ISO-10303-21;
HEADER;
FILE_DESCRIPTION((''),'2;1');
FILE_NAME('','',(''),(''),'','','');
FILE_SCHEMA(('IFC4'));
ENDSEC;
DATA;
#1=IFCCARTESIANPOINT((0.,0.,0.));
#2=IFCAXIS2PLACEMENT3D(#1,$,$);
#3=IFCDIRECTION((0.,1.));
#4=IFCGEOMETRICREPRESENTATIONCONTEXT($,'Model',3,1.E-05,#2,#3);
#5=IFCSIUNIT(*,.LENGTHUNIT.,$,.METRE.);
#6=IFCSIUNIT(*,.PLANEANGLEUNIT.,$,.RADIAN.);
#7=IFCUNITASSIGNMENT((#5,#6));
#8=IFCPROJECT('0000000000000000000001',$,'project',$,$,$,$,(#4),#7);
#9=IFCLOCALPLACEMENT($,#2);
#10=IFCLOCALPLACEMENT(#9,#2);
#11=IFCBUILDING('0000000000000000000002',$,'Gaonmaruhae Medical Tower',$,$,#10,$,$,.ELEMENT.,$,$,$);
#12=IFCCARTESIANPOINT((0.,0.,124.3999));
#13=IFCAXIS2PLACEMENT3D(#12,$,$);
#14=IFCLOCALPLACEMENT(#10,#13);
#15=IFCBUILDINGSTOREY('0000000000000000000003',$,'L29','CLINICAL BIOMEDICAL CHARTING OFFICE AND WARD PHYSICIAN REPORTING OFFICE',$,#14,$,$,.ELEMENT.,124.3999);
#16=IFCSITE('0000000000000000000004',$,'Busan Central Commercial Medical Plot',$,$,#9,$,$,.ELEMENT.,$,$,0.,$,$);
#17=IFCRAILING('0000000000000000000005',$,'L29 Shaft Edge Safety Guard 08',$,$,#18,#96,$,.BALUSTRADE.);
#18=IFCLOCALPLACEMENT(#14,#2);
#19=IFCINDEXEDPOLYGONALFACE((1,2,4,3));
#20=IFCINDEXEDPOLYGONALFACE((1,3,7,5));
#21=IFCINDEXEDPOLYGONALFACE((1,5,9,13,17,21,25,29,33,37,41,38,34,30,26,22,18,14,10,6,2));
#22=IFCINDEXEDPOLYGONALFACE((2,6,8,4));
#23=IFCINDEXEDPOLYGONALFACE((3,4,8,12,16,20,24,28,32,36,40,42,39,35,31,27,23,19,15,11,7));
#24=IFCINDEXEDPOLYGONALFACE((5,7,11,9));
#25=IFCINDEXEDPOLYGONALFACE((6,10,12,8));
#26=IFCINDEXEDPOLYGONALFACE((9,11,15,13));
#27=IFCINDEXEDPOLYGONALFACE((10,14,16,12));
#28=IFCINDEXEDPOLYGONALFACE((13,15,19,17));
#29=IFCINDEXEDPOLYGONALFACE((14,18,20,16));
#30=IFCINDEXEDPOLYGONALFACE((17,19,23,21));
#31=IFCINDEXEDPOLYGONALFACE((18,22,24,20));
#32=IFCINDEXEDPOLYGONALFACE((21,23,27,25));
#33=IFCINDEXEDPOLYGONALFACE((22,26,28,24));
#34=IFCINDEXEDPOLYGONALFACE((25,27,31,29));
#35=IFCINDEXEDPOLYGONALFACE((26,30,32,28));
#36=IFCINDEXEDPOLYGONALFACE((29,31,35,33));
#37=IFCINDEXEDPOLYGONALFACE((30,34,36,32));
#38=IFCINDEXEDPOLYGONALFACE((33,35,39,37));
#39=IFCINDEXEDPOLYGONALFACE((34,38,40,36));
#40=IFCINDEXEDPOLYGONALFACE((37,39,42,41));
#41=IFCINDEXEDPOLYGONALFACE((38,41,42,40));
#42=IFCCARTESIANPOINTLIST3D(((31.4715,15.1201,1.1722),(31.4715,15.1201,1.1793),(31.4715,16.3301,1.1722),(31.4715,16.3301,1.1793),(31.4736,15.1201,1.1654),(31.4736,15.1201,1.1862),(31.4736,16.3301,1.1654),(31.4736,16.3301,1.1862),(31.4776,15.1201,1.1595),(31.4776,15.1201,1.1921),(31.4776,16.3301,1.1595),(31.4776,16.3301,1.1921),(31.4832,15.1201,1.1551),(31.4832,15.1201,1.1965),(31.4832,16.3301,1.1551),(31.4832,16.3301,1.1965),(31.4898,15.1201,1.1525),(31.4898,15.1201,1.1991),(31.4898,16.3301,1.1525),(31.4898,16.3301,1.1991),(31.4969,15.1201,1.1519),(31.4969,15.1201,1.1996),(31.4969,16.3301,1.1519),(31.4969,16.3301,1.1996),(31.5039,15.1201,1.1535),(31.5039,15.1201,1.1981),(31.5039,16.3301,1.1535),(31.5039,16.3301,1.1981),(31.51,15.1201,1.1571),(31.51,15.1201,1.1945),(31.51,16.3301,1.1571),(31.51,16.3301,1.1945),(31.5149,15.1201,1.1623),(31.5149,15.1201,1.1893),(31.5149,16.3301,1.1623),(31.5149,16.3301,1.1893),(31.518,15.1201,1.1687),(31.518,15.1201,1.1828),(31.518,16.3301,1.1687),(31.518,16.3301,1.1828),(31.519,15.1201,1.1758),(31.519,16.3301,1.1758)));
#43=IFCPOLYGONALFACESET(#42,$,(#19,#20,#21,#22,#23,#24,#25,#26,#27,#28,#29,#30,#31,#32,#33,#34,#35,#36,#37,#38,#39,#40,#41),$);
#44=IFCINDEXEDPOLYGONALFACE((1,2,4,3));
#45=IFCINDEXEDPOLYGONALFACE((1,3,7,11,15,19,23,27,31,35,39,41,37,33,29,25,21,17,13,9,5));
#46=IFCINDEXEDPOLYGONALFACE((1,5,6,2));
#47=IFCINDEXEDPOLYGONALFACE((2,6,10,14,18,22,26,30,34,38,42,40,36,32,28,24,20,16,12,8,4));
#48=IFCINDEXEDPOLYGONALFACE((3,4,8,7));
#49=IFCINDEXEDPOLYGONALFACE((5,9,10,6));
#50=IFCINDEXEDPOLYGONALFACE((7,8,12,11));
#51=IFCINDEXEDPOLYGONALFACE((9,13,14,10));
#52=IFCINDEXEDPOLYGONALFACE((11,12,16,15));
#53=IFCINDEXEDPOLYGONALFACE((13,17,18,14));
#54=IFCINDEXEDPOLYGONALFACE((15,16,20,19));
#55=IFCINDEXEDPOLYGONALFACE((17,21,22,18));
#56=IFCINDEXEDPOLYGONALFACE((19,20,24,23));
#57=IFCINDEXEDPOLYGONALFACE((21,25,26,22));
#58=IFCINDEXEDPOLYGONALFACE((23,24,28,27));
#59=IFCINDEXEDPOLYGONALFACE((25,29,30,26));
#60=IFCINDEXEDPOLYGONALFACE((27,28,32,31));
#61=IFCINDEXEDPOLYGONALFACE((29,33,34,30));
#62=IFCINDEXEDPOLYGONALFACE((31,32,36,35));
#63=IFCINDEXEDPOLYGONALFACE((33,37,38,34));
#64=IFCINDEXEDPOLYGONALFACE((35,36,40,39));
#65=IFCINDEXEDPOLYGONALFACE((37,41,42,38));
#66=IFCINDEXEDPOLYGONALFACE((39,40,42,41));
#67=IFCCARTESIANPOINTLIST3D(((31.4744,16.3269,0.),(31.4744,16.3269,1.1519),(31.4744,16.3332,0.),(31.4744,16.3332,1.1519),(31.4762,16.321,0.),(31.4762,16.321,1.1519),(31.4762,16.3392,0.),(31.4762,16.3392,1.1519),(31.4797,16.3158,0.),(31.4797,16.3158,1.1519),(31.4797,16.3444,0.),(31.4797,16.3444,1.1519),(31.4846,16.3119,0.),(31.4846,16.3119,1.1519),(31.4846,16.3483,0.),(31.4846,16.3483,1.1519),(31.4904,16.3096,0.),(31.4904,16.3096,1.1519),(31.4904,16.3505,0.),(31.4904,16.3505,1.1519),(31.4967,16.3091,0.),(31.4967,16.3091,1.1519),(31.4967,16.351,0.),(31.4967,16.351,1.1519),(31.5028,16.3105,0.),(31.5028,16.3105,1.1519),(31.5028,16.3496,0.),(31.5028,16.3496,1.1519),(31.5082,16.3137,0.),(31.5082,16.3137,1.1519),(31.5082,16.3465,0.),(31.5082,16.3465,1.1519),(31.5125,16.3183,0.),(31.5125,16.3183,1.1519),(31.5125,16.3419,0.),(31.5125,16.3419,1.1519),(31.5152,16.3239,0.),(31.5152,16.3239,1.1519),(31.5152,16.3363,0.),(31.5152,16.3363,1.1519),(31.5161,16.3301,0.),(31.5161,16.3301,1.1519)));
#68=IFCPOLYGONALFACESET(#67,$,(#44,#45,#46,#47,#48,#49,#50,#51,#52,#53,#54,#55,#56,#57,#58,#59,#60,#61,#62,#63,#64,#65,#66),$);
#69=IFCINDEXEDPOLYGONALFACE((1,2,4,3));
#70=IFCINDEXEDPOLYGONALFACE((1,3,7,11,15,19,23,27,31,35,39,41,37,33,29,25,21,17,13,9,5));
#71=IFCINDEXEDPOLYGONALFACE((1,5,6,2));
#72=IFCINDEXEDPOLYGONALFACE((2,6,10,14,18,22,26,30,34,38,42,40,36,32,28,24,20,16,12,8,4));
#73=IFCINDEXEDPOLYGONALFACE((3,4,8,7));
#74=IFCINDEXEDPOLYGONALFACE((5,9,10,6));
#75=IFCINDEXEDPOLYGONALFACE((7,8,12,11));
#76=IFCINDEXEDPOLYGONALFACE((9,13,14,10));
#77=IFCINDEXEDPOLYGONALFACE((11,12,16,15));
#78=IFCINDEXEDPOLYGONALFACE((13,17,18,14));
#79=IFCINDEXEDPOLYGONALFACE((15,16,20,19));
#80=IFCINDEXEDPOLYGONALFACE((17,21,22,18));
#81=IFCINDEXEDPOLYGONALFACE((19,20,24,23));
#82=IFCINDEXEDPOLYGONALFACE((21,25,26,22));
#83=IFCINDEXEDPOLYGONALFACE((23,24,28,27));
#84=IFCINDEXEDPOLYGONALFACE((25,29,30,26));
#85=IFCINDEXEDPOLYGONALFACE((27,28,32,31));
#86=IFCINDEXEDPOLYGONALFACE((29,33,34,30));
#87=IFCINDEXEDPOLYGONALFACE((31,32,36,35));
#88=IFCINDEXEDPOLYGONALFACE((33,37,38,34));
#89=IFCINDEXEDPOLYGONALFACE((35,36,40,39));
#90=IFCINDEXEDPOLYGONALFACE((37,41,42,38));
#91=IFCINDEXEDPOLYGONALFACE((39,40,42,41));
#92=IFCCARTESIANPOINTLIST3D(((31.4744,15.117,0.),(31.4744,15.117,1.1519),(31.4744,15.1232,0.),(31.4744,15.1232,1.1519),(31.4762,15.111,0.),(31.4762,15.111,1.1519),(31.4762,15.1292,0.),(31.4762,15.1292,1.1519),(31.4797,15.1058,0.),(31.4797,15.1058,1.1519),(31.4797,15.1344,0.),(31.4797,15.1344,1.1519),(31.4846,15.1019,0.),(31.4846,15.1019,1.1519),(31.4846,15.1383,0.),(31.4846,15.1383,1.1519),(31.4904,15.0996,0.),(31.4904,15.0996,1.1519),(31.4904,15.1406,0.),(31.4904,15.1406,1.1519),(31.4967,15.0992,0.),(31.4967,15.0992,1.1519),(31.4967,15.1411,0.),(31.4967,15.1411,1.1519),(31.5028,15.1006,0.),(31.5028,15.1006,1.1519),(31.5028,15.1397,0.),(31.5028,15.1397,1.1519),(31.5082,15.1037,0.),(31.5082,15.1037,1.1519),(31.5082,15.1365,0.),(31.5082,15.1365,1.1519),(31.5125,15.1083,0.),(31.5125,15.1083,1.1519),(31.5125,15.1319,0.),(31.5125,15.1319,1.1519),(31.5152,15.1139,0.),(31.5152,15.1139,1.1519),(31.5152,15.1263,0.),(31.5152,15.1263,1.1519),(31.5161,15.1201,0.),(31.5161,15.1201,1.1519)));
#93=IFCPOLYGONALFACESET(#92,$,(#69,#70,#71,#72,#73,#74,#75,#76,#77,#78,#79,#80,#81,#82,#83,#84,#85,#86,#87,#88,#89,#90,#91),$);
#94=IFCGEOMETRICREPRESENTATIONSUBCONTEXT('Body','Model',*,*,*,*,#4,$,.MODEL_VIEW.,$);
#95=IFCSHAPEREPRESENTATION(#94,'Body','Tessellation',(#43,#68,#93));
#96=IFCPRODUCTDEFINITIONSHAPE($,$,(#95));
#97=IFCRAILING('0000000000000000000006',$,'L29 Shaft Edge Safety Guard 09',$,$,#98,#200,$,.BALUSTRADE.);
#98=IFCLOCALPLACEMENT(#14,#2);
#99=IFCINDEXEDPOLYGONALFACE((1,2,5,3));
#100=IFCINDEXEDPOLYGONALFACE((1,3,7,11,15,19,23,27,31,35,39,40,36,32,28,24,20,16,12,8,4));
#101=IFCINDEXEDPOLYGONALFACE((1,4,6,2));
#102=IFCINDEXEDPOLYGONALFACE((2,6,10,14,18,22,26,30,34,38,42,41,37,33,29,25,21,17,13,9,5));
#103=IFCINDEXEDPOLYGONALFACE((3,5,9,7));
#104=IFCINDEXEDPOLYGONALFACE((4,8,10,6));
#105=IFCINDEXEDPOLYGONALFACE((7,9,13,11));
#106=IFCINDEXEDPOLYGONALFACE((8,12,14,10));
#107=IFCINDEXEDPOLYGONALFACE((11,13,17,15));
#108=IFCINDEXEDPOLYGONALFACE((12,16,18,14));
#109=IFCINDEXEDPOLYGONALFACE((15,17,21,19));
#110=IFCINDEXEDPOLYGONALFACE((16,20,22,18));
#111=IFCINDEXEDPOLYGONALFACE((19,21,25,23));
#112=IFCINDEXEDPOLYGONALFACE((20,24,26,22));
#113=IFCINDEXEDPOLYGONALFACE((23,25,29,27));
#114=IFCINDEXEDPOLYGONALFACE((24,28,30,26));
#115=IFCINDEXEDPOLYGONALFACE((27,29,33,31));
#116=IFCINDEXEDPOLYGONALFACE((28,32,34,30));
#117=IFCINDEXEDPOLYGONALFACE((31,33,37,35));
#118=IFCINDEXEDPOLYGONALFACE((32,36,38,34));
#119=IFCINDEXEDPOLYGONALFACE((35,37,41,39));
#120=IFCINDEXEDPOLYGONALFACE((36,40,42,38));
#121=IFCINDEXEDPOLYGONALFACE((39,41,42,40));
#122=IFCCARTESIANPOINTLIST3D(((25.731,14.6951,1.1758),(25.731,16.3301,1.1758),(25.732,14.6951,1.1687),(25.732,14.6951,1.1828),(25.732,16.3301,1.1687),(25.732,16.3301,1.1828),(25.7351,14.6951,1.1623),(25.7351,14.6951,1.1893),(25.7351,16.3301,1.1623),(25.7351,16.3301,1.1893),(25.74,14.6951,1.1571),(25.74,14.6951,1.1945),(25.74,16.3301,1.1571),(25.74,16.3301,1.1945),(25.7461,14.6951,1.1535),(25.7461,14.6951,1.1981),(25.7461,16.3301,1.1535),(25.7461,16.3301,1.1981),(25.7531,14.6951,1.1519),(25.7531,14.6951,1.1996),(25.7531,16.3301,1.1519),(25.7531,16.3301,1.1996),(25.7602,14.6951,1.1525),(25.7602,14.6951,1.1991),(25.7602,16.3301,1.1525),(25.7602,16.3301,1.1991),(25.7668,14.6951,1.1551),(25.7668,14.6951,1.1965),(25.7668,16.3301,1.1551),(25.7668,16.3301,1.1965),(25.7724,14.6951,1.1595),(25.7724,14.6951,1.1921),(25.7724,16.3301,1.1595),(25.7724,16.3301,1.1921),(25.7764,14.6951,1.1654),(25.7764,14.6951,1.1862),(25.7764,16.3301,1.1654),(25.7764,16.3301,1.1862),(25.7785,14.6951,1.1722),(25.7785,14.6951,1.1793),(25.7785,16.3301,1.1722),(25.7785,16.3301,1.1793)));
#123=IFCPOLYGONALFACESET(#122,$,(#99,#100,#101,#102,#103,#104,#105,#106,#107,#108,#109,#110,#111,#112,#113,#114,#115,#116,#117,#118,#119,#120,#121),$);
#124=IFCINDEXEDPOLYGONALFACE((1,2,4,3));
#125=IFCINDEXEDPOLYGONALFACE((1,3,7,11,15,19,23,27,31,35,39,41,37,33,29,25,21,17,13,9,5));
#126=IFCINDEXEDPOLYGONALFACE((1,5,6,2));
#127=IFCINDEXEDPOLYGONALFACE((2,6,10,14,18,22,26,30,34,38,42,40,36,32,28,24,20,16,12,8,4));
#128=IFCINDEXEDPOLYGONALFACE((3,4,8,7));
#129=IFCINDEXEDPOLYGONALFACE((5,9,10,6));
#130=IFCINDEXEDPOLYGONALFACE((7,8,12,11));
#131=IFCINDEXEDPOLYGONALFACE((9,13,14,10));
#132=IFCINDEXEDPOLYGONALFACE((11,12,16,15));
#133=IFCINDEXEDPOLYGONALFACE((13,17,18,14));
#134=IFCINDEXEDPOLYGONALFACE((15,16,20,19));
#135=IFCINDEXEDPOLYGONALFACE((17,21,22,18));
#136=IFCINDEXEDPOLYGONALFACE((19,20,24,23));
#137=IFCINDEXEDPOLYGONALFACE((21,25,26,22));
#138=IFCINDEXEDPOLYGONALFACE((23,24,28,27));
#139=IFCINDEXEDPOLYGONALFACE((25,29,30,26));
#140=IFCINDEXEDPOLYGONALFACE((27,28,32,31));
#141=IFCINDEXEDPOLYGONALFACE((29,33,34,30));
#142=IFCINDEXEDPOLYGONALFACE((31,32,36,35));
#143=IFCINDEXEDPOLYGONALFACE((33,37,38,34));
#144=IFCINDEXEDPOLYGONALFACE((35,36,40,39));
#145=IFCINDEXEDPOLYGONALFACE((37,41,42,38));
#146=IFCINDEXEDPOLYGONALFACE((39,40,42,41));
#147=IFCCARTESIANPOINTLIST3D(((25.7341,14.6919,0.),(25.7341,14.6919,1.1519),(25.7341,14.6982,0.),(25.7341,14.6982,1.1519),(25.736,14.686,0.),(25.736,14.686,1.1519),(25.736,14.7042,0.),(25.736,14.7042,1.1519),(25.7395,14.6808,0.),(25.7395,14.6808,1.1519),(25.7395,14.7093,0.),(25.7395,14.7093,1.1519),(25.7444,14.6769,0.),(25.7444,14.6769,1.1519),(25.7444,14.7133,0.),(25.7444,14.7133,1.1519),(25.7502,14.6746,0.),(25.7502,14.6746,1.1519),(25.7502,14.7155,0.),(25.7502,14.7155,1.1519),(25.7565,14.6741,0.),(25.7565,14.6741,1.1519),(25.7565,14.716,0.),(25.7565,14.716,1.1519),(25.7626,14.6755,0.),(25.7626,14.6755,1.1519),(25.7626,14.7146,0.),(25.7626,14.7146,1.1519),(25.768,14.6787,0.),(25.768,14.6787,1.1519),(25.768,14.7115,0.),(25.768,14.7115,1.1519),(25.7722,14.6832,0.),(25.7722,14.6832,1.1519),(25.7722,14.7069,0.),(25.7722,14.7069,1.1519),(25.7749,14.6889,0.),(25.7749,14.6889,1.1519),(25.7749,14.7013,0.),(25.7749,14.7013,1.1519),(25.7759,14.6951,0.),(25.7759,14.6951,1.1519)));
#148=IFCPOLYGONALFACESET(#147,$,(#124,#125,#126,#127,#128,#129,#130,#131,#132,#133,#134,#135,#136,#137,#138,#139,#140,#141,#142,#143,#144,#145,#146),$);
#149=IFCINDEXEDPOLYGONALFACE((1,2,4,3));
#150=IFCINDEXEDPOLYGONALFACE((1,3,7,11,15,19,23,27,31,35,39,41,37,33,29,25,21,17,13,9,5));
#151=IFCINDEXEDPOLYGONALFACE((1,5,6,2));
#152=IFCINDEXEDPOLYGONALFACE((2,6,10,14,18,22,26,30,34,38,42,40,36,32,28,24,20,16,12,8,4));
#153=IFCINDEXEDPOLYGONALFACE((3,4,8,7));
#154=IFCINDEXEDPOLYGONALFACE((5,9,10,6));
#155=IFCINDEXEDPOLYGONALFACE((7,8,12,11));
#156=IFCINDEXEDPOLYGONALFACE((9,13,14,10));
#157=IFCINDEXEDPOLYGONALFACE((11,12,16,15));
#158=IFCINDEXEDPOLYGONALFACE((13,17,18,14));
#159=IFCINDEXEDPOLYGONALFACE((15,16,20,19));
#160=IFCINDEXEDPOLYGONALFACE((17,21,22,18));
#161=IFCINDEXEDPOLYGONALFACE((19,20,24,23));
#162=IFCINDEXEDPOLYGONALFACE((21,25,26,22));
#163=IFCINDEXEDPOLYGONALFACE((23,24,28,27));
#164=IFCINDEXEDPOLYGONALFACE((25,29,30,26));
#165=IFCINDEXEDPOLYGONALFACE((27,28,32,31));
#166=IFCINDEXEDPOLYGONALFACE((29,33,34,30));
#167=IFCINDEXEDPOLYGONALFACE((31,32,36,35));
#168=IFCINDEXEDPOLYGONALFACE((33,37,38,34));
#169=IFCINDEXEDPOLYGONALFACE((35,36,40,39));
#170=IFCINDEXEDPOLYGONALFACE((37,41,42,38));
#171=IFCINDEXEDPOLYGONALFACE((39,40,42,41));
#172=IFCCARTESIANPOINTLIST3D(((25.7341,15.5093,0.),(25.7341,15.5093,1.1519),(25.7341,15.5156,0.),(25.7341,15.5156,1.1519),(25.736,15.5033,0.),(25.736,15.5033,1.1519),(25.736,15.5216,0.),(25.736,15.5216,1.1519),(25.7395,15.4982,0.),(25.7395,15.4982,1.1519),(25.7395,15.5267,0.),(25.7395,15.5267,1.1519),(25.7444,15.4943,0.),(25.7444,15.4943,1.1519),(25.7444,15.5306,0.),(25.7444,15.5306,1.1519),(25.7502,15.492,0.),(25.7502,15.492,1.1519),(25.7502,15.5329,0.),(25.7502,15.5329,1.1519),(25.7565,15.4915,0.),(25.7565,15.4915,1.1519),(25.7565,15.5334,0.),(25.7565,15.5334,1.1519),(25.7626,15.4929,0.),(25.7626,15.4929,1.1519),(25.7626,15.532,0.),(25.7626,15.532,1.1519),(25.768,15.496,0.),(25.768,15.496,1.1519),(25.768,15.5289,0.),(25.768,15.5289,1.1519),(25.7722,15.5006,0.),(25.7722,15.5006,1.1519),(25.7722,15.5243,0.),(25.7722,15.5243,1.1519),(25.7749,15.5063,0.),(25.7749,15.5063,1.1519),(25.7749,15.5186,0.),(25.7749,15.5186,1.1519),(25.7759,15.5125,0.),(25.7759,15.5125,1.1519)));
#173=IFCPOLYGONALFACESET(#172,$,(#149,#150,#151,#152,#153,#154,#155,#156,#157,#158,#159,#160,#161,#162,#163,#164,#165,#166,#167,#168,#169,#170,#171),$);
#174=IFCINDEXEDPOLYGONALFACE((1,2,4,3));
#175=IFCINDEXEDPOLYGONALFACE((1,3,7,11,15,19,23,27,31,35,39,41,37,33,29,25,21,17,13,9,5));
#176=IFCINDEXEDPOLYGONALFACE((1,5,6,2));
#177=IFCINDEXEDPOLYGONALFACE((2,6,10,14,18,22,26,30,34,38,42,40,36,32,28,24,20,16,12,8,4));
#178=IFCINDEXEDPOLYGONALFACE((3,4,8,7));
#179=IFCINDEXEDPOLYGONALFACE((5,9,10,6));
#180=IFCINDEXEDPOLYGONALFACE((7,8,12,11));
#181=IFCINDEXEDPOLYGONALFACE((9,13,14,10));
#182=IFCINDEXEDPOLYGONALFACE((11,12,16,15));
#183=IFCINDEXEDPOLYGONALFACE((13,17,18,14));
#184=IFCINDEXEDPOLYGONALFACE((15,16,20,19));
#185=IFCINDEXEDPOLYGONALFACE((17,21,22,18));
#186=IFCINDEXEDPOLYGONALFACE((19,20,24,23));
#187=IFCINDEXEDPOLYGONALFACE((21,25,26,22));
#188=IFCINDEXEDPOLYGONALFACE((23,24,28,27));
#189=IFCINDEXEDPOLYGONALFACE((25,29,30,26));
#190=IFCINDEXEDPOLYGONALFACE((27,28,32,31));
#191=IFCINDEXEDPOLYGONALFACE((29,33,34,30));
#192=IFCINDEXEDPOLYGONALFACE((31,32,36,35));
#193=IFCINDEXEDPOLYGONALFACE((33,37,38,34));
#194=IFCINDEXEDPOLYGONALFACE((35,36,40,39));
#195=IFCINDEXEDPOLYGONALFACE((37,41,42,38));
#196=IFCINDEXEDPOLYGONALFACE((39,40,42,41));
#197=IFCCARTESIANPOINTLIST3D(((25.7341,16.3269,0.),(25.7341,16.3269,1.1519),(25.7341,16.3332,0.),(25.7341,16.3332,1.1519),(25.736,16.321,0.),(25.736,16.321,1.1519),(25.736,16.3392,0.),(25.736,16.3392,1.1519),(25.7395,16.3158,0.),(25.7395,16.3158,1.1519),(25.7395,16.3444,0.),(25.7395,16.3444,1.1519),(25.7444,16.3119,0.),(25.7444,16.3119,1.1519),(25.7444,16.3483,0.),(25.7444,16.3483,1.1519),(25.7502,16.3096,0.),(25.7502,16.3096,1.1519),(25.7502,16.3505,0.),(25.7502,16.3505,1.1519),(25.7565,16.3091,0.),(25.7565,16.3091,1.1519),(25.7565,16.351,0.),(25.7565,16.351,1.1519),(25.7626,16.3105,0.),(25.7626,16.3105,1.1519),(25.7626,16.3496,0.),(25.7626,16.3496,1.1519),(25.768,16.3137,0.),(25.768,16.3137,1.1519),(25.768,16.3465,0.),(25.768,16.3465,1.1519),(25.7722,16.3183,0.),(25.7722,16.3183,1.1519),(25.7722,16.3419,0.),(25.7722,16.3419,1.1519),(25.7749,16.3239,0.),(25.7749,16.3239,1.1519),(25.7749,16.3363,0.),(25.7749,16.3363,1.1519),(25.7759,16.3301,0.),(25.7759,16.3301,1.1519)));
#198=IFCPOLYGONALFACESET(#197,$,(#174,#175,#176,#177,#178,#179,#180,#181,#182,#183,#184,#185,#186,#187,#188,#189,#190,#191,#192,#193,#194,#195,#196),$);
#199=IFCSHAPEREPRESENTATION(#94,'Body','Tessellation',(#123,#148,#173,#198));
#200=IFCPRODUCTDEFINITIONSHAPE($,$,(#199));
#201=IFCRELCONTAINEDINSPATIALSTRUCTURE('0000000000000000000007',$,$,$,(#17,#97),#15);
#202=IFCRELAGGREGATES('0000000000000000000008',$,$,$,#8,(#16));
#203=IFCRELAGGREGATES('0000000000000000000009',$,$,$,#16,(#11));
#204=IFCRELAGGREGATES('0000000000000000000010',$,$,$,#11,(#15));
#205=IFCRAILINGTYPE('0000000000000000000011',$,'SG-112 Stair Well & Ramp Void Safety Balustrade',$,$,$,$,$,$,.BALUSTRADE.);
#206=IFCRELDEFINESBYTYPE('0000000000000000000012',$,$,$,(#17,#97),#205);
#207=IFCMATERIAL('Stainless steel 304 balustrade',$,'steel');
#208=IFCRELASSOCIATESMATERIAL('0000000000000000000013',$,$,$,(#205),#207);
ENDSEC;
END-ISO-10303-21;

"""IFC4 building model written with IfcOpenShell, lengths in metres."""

from ifc_helpers import new_model, si_unit, direction, frame, origin, origin_2d, place, context, subcontext, project, spatial, circle, extrude, material, type_object, element, save


model = new_model("IFC4")

# Units and contexts
model_context = context("Model", 3, precision=1e-05, world=origin(), true_north=direction((0.0, 1.0)))
body_context = subcontext(model_context, "Body", "Model", "MODEL_VIEW")
ifc_project = project(units=[si_unit("LENGTHUNIT", "METRE"), si_unit("PLANEANGLEUNIT", "RADIAN")], contexts=[model_context])

# Site, building, storey
site_placement = place(None, origin())
site = spatial("IfcSite", under=ifc_project, at=site_placement, Name="Busan Central Commercial Medical Plot", CompositionType="ELEMENT", RefElevation=0.0)
building_placement = place(site_placement, origin())
building = spatial("IfcBuilding", under=site, at=building_placement, Name="Gaonmaruhae Medical Tower", CompositionType="ELEMENT")
storey_placement = place(building_placement, frame((0.0, 0.0, 124.3999)))
storey = spatial("IfcBuildingStorey", under=building, at=storey_placement, Name="L29", Description="CLINICAL BIOMEDICAL CHARTING OFFICE AND WARD PHYSICIAN REPORTING OFFICE", CompositionType="ELEMENT", Elevation=124.3999)

# Railings
ifc_material_1 = material(Name="Stainless steel 304 balustrade", Category="steel")
railing_type = type_object("IfcRailingType", Name="SG-112 Stair Well & Ramp Void Safety Balustrade", PredefinedType="BALUSTRADE", material=ifc_material_1)
railing_1_placement = place(storey_placement, frame((31.4951, 16.3301, 0.0)))
element("IfcRailing", 1, at=railing_1_placement, inside=storey, type_object=railing_type, Name="L29 Shaft Edge Safety Guard 08", PredefinedType="BALUSTRADE", context=body_context, shape_type="SweptSolid", body=[
    extrude(circle(Radius=0.0239, at=origin_2d()), frame((0.0, 0.0, 1.1758), z_axis=(0.0, -1.0, 0.0), x_axis=(1.0, 0.0, 0.0)), (0.0, 0.0, 1.0), 1.21),
    extrude(circle(Radius=0.021, at=origin_2d()), origin(), (0.0, 0.0, 1.0), 1.1519),
    extrude(circle(Radius=0.021, at=origin_2d()), frame((0.0, -1.21, 0.0)), (0.0, 0.0, 1.0), 1.1519),
])
railing_2_placement = place(storey_placement, frame((25.7549, 14.6951, 0.0)))
element("IfcRailing", 2, at=railing_2_placement, inside=storey, type_object=railing_type, Name="L29 Shaft Edge Safety Guard 09", PredefinedType="BALUSTRADE", context=body_context, shape_type="SweptSolid", body=[
    extrude(circle(Radius=0.0239, at=origin_2d()), frame((0.0, 0.0, 1.1758), z_axis=(0.0, 1.0, 0.0), x_axis=(-1.0, 0.0, 0.0)), (0.0, 0.0, 1.0), 1.635),
    extrude(circle(Radius=0.021, at=origin_2d()), origin(), (0.0, 0.0, 1.0), 1.1519),
    extrude(circle(Radius=0.021, at=origin_2d()), frame((0.0, 0.8174, 0.0)), (0.0, 0.0, 1.0), 1.1519),
    extrude(circle(Radius=0.021, at=origin_2d()), frame((0.0, 1.635, 0.0)), (0.0, 0.0, 1.0), 1.1519),
])

save(model, "model.ifc")
